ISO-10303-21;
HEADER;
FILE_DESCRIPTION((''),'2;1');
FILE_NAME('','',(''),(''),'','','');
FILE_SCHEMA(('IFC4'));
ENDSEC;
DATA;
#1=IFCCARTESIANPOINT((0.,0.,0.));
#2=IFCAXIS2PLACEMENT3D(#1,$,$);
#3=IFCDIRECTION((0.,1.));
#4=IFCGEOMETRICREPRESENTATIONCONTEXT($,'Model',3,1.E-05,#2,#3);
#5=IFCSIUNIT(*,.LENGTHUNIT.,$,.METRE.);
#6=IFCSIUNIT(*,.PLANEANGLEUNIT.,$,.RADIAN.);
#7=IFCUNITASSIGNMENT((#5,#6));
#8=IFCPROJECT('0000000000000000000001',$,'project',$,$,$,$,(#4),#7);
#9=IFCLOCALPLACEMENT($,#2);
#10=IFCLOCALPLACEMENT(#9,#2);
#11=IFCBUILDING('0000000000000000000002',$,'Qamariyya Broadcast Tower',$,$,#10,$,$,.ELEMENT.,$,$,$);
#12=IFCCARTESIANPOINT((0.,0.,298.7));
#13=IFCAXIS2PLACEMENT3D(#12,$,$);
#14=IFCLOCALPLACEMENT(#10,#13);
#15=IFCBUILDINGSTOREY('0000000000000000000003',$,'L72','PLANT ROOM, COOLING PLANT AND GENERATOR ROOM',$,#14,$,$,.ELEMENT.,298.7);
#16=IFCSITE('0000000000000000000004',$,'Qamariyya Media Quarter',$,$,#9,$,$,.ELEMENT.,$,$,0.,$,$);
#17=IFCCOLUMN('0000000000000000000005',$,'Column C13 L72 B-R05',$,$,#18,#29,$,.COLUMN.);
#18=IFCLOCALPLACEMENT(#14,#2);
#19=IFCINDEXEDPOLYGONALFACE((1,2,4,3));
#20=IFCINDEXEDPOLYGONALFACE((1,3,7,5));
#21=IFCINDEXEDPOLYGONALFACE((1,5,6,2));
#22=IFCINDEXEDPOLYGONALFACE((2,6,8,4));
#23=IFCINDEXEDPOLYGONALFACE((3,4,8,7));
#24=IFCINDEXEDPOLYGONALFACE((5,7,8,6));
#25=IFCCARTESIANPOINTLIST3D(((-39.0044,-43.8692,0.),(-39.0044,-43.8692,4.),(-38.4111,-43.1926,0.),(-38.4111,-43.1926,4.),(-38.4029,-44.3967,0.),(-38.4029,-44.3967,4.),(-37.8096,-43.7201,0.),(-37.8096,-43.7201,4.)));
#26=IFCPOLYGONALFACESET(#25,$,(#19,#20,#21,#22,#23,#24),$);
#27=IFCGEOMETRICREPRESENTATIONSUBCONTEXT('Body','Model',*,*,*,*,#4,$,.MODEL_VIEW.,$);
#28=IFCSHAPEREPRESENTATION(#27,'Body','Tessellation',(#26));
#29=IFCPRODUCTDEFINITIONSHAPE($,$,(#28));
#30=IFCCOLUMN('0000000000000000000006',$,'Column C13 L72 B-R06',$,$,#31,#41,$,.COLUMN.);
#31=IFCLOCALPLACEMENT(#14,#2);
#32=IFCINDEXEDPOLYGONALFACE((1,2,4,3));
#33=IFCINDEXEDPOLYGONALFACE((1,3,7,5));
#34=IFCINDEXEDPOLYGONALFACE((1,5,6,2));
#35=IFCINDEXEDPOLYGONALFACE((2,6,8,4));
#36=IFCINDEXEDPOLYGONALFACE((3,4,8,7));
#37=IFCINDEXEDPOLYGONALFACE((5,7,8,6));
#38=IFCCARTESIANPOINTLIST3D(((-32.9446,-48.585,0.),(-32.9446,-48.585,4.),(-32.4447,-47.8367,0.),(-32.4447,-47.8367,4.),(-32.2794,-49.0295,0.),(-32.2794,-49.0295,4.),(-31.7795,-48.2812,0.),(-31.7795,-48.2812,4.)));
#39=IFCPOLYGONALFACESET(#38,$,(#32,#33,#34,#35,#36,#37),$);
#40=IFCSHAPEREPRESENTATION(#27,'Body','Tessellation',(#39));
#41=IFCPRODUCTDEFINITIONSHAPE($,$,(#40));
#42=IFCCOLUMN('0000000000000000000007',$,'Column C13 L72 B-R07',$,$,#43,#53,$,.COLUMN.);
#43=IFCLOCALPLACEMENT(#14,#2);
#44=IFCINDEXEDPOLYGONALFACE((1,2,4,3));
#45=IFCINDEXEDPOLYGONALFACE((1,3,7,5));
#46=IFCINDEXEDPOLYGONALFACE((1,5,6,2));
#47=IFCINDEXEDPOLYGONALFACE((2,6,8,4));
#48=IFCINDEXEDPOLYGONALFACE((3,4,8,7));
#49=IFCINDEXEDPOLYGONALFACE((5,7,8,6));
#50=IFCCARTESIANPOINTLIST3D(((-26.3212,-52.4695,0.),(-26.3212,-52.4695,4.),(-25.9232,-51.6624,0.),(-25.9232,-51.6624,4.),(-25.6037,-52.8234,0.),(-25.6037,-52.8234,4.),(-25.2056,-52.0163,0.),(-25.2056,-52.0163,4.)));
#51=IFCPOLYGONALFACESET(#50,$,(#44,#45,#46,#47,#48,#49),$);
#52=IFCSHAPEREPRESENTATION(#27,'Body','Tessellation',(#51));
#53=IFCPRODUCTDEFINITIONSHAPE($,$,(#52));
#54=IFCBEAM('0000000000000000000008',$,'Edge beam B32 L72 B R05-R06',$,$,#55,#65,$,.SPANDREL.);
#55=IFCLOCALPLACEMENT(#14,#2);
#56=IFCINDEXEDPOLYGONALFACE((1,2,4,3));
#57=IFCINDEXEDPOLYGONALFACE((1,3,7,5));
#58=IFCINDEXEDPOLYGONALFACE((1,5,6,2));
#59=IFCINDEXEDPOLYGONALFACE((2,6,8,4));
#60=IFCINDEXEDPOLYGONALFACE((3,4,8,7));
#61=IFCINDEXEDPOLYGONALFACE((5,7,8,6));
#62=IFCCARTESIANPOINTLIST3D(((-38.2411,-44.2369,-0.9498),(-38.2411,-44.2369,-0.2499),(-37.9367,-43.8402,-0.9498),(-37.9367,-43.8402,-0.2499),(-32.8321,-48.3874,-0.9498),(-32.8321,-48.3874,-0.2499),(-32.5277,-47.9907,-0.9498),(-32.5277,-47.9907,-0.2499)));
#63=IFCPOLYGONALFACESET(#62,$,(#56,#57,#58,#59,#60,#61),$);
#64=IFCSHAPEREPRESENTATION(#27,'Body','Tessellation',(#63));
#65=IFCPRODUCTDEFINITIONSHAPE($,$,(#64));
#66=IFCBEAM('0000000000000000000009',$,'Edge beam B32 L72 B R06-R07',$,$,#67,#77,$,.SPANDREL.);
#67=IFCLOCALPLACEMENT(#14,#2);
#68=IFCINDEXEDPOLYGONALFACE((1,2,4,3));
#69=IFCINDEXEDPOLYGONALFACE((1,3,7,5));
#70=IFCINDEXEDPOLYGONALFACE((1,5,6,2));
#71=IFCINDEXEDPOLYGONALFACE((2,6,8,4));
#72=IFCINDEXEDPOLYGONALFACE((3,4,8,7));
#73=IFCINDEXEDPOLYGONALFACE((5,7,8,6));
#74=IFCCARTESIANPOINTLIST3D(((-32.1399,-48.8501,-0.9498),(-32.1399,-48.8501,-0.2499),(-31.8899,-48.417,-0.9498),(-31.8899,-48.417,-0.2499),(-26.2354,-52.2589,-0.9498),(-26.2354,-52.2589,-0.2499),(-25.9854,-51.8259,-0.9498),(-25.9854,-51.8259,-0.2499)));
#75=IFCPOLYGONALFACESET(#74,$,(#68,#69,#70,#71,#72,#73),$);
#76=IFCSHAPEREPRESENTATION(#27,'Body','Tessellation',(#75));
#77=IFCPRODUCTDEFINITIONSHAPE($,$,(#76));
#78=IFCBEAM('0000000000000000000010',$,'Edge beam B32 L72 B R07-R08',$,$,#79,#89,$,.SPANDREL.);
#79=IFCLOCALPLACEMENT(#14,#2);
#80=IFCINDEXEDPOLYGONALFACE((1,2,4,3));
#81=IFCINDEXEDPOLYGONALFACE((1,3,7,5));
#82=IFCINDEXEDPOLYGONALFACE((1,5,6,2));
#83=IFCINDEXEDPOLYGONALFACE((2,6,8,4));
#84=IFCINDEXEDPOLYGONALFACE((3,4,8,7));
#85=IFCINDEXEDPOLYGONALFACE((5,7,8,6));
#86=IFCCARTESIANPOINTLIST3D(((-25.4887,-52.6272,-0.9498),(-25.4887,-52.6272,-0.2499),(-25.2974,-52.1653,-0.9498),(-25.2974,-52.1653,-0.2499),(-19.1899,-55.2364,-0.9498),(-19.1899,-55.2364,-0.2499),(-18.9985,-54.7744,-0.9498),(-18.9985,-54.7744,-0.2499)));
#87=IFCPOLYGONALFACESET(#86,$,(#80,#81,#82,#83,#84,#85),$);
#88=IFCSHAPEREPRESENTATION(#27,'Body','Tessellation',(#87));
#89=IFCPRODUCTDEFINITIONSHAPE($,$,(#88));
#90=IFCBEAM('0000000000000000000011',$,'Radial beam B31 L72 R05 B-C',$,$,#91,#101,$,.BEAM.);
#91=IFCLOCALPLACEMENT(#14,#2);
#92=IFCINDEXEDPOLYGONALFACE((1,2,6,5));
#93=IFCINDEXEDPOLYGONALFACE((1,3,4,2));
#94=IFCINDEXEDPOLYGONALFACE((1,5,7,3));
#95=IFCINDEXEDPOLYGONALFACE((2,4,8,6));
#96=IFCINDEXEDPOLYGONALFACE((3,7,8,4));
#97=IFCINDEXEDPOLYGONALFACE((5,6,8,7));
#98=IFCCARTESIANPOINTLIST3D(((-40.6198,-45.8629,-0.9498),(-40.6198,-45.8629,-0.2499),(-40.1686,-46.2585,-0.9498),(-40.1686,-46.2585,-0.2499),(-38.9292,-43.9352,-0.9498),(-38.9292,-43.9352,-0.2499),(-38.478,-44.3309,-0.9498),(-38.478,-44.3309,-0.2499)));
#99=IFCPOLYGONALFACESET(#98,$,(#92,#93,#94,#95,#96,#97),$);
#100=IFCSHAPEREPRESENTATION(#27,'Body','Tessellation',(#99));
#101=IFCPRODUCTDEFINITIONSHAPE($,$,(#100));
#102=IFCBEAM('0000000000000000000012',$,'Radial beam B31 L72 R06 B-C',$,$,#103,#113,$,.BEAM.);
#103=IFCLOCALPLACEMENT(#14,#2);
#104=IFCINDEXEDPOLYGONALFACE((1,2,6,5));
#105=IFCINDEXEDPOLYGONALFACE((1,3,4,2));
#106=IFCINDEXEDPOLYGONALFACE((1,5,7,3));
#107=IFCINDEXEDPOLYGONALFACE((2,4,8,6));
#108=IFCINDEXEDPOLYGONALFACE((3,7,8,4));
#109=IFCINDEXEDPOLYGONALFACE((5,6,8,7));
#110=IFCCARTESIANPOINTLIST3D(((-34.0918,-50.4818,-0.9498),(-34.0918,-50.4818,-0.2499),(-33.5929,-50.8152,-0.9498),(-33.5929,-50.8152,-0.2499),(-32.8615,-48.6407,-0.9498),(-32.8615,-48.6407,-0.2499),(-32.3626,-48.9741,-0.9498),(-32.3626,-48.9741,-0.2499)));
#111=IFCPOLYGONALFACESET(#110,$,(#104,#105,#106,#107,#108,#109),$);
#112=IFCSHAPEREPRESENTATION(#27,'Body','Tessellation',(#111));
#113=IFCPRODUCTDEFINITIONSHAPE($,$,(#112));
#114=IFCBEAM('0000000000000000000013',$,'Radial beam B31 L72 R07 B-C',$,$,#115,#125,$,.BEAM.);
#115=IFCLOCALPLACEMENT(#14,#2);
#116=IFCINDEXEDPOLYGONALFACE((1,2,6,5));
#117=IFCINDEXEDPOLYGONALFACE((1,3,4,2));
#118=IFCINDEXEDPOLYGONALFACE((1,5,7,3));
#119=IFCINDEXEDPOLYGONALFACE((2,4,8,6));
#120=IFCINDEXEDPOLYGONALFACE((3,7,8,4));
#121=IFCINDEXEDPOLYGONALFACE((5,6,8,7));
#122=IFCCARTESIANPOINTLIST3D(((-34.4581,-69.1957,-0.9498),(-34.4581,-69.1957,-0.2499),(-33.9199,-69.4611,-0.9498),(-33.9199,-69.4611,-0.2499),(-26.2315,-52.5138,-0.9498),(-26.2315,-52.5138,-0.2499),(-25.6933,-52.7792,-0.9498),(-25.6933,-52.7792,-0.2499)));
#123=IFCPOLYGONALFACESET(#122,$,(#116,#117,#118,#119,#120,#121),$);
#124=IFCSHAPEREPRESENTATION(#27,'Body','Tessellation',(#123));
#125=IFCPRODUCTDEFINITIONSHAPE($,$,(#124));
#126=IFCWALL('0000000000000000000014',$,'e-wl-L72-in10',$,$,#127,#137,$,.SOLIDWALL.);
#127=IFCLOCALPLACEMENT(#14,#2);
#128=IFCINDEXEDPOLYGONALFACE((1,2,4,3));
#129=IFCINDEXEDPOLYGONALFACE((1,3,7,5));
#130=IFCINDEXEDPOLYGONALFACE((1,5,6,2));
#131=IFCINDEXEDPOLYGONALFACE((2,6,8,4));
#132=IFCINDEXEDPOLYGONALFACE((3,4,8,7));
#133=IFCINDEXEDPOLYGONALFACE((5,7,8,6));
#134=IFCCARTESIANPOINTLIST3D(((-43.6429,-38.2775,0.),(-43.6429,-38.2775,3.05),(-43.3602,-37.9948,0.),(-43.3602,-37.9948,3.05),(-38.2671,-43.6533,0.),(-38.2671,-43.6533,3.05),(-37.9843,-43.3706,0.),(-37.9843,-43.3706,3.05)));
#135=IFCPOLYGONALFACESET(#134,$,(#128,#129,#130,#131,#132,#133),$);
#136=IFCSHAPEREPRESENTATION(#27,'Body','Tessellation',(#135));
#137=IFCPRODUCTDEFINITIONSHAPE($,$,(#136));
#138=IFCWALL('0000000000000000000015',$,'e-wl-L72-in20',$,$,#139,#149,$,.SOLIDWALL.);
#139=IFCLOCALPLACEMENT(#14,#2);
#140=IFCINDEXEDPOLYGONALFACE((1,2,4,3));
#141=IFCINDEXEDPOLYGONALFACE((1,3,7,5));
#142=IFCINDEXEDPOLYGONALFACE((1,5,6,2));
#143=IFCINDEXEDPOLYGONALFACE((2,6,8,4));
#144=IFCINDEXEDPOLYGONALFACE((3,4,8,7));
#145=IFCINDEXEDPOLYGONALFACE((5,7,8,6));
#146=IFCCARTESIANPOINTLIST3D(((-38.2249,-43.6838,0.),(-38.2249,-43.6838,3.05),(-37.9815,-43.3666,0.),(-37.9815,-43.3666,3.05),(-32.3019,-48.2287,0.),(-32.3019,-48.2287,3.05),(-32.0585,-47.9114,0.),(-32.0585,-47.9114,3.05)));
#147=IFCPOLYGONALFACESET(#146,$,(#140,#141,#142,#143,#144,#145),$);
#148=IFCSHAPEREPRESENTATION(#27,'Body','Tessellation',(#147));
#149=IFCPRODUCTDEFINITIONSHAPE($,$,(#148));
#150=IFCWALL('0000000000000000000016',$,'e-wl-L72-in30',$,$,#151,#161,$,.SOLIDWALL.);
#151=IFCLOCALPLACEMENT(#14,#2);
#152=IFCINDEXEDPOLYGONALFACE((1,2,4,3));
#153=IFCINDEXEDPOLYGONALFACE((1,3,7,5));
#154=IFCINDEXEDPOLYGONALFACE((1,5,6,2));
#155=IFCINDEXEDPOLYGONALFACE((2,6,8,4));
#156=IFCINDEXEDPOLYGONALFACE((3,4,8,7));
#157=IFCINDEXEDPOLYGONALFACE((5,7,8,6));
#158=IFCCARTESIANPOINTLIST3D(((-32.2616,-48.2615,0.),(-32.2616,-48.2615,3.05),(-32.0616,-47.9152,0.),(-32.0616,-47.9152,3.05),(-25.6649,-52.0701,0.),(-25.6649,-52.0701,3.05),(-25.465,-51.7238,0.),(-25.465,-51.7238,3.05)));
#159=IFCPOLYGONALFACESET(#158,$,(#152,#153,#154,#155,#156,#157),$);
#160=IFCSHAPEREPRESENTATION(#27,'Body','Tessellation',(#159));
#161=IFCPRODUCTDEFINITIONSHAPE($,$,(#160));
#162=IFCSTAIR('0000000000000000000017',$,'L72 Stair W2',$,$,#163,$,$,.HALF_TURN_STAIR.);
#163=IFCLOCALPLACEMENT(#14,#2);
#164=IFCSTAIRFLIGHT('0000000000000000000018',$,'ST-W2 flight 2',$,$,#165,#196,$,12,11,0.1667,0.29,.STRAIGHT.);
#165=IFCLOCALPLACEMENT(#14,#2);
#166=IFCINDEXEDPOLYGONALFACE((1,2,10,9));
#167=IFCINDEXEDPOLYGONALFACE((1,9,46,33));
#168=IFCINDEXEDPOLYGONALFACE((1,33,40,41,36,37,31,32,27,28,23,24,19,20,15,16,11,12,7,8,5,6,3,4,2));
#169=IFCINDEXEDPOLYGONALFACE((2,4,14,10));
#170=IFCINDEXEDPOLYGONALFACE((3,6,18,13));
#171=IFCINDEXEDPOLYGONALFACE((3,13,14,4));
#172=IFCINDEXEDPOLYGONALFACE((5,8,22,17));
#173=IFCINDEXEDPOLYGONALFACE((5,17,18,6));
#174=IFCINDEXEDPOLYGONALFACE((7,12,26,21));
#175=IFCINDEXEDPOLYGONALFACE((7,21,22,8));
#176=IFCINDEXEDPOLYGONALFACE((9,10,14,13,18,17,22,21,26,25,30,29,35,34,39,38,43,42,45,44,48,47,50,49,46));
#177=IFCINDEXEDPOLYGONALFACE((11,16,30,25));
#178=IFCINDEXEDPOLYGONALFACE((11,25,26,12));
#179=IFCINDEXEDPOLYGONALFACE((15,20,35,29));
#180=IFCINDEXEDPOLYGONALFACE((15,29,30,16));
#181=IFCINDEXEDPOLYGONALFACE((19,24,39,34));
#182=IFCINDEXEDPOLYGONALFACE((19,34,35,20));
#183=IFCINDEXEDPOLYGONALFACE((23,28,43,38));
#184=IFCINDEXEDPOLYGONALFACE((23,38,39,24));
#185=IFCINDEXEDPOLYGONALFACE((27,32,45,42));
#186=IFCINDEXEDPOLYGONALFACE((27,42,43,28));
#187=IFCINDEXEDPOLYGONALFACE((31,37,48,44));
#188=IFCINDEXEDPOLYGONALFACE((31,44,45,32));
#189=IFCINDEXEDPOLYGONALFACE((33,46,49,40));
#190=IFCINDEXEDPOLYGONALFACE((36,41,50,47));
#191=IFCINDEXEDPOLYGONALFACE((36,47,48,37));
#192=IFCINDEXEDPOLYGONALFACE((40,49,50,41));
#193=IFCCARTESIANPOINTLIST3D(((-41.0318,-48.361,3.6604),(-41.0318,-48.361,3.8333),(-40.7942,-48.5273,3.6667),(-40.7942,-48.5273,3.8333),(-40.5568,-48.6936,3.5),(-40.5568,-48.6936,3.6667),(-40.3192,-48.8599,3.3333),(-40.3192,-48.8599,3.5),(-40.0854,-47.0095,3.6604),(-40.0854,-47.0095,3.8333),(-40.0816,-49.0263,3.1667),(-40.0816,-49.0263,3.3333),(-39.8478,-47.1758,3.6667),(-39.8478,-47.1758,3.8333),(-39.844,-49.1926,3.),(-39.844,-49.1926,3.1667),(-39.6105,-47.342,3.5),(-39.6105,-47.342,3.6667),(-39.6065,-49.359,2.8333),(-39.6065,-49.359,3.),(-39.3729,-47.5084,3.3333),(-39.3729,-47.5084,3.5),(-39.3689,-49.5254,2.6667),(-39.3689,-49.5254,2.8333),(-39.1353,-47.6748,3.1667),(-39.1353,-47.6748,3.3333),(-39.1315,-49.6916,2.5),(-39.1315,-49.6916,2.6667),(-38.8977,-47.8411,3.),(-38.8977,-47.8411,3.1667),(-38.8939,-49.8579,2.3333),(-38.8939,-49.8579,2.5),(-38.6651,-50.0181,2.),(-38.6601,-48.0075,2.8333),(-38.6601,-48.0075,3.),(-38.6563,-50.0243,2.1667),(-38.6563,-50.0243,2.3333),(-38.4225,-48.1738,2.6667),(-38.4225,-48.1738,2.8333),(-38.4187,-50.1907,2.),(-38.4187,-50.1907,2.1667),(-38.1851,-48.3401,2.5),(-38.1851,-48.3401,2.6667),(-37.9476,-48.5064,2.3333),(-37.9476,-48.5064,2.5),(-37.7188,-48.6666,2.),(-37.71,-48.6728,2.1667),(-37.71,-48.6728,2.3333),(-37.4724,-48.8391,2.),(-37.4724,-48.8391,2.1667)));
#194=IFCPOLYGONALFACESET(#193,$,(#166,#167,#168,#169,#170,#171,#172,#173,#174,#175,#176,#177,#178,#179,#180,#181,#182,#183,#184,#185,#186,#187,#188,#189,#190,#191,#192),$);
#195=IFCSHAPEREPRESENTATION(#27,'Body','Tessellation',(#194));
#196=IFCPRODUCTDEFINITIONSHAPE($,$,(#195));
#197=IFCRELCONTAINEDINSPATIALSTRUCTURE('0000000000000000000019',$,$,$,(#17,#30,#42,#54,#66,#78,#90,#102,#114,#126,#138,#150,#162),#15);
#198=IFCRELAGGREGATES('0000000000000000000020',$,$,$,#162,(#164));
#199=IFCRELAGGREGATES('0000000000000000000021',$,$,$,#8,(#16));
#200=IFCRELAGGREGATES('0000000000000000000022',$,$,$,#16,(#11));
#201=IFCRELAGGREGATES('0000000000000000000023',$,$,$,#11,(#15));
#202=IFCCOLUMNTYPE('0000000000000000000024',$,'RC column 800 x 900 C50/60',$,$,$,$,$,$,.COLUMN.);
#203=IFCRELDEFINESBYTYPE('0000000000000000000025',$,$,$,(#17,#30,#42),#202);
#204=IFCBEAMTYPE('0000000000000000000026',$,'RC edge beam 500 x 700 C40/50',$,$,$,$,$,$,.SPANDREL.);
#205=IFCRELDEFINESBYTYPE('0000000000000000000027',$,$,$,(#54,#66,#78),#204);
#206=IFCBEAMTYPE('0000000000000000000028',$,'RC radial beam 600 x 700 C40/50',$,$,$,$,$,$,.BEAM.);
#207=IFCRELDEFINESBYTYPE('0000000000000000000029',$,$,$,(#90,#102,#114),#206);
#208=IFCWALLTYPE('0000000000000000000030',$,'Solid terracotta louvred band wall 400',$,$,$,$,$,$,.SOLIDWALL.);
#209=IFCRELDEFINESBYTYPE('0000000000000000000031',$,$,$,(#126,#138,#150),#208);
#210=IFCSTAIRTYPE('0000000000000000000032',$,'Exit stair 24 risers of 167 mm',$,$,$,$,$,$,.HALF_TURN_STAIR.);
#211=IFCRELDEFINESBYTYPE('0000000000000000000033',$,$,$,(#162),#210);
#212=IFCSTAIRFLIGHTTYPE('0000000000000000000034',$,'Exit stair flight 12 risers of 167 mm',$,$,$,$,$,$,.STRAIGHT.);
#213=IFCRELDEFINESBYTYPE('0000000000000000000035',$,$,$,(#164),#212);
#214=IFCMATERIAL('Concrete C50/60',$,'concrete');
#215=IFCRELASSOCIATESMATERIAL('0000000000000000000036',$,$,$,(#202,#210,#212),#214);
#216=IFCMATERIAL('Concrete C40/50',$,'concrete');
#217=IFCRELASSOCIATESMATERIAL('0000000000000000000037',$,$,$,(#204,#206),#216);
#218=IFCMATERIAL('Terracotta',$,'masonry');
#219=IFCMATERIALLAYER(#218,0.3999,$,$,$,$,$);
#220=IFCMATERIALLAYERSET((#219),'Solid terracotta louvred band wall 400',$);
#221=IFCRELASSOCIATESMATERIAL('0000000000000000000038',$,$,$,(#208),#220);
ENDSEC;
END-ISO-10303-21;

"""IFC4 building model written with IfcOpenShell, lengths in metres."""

from ifc_helpers import new_model, si_unit, direction, frame, frame_2d, origin, origin_2d, place, context, subcontext, project, spatial, polyline, rectangle, outline, extrude, material, layer, layer_set, material_profile, profile_set, type_object, element, aggregate, save


model = new_model("IFC4")

# Units and contexts
model_context = context("Model", 3, precision=1e-05, world=origin(), true_north=direction((0.0, 1.0)))
body_context = subcontext(model_context, "Body", "Model", "MODEL_VIEW")
ifc_project = project(units=[si_unit("LENGTHUNIT", "METRE"), si_unit("PLANEANGLEUNIT", "RADIAN")], contexts=[model_context])

# Site, building, storey
site_placement = place(None, origin())
site = spatial("IfcSite", under=ifc_project, at=site_placement, Name="Qamariyya Media Quarter", CompositionType="ELEMENT", RefElevation=0.0)
building_placement = place(site_placement, origin())
building = spatial("IfcBuilding", under=site, at=building_placement, Name="Qamariyya Broadcast Tower", CompositionType="ELEMENT")
storey_placement = place(building_placement, frame((0.0, 0.0, 298.7)))
storey = spatial("IfcBuildingStorey", under=building, at=storey_placement, Name="L72", Description="PLANT ROOM, COOLING PLANT AND GENERATOR ROOM", CompositionType="ELEMENT", Elevation=298.7)

# Columns
ifc_material_1 = material(Name="Concrete C50/60", Category="concrete")
ifc_material_profile_1 = material_profile(ifc_material_1, rectangle(XDim=0.8, YDim=0.8999, at=origin_2d()))
ifc_profile_set_1 = profile_set([ifc_material_profile_1], Name="Concrete C50/60")
column_type = type_object("IfcColumnType", Name="RC column 800 x 900 C50/60", PredefinedType="COLUMN", material=ifc_profile_set_1)
for number, where, z_axis, x_axis, name in (
    (1, (-38.407, -43.7947, 0.0), (0.0, 0.0, 1.0), (0.75184, -0.659346, 0.0), "Column C13 L72 B-R05"),
    (2, (-32.3621, -48.4331, 0.0), (0.0, 0.0, 1.0), (0.83147, -0.55557, 0.0), "Column C13 L72 B-R06"),
    (3, (-25.7634, -52.2429, 0.0), (0.0, 0.0, 1.0), (0.896873, -0.442289, 0.0), "Column C13 L72 B-R07"),
):
    element("IfcColumn", number, at=place(storey_placement, frame(where, z_axis=z_axis, x_axis=x_axis)), inside=storey, type_object=column_type, Name=name, PredefinedType="COLUMN", context=body_context, shape_type="SweptSolid", body=[
        extrude(rectangle(XDim=0.8, YDim=0.8999, at=origin_2d()), origin(), (0.0, 0.0, 1.0), 4.0),
    ])

# Beams
ifc_material_2 = material(Name="Concrete C40/50", Category="concrete")
ifc_material_profile_2 = material_profile(ifc_material_2, rectangle(XDim=0.5, YDim=0.7, at=origin_2d()))
ifc_profile_set_2 = profile_set([ifc_material_profile_2], Name="Concrete C40/50")
beam_type_1 = type_object("IfcBeamType", Name="RC edge beam 500 x 700 C40/50", PredefinedType="SPANDREL", material=ifc_profile_set_2)
for number, where, z_axis, x_axis, name in (
    (4, (-38.0889, -44.0386, -0.5999), (0.793356, -0.608759, 0.0), (0.608759, 0.793356, 0.0), "Edge beam B32 L72 B R05-R06"),
    (5, (-32.0149, -48.6335, -0.5999), (0.866029, -0.499994, 0.0), (0.499994, 0.866029, 0.0), "Edge beam B32 L72 B R06-R07"),
    (6, (-25.3931, -52.3962, -0.5999), (0.923876, -0.382692, 0.0), (0.382692, 0.923876, 0.0), "Edge beam B32 L72 B R07-R08"),
):
    element("IfcBeam", number, at=place(storey_placement, frame(where, z_axis=z_axis, x_axis=x_axis)), inside=storey, type_object=beam_type_1, Name=name, PredefinedType="SPANDREL", context=body_context, shape_type="SweptSolid", body=[
        extrude(rectangle(XDim=0.5, YDim=0.7, at=origin_2d()), origin(), (0.0, 0.0, 1.0), 6.8179),
    ])
ifc_material_profile_3 = material_profile(ifc_material_2, rectangle(XDim=0.6001, YDim=0.7, at=origin_2d()))
ifc_profile_set_3 = profile_set([ifc_material_profile_3], Name="Concrete C40/50")
beam_type_2 = type_object("IfcBeamType", Name="RC radial beam 600 x 700 C40/50", PredefinedType="BEAM", material=ifc_profile_set_3)
beam_1_placement = place(storey_placement, frame((-38.7036, -44.1331, -0.5999), z_axis=(-0.659367, -0.751821, 0.0), x_axis=(0.751821, -0.659367, 0.0)))
element("IfcBeam", 7, at=beam_1_placement, inside=storey, type_object=beam_type_2, Name="Radial beam B31 L72 R05 B-C", PredefinedType="BEAM", context=body_context, shape_type="SweptSolid", body=[
    extrude(rectangle(XDim=0.6001, YDim=0.7, at=origin_2d()), origin(), (0.0, 0.0, 1.0), 2.564),
])
beam_2_placement = place(storey_placement, frame((-32.6121, -48.8074, -0.5999), z_axis=(-0.55559, -0.831456, 0.0), x_axis=(0.831456, -0.55559, 0.0)))
element("IfcBeam", 8, at=beam_2_placement, inside=storey, type_object=beam_type_2, Name="Radial beam B31 L72 R06 B-C", PredefinedType="BEAM", context=body_context, shape_type="SweptSolid", body=[
    extrude(rectangle(XDim=0.6001, YDim=0.7, at=origin_2d()), origin(), (0.0, 0.0, 1.0), 2.2144),
])
beam_3_placement = place(storey_placement, frame((-25.9624, -52.6465, -0.5999), z_axis=(-0.442287, -0.896873, 0.0), x_axis=(0.896873, -0.442287, 0.0)))
element("IfcBeam", 9, at=beam_3_placement, inside=storey, type_object=beam_type_2, Name="Radial beam B31 L72 R07 B-C", PredefinedType="BEAM", context=body_context, shape_type="SweptSolid", body=[
    extrude(rectangle(XDim=0.6001, YDim=0.7, at=origin_2d()), origin(), (0.0, 0.0, 1.0), 18.6001),
])

# Walls
ifc_material_3 = material(Name="Terracotta", Category="masonry")
ifc_layer_1 = layer(ifc_material_3, 0.3999)
ifc_layer_set_1 = layer_set([ifc_layer_1], Name="Solid terracotta louvred band wall 400")
wall_type = type_object("IfcWallType", Name="Solid terracotta louvred band wall 400", PredefinedType="SOLIDWALL", material=ifc_layer_set_1)
wall_1_placement = place(storey_placement, frame((-38.1257, -43.512, 0.0), z_axis=(0.0, 0.0, 1.0), x_axis=(-0.707107, 0.707107, 0.0)))
element("IfcWall", 10, at=wall_1_placement, inside=storey, type_object=wall_type, Name="e-wl-L72-in10", PredefinedType="SOLIDWALL", context=body_context, shape_type="SweptSolid", body=[
    extrude(rectangle(XDim=7.6025, YDim=0.3999, at=frame_2d((3.8013, 0.0))), origin(), (0.0, 0.0, 1.0), 3.05),
])
wall_2_placement = place(storey_placement, frame((-32.1802, -48.0701, 0.0), z_axis=(0.0, 0.0, 1.0), x_axis=(-0.793355, 0.608759, 0.0)))
element("IfcWall", 11, at=wall_2_placement, inside=storey, type_object=wall_type, Name="e-wl-L72-in20", PredefinedType="SOLIDWALL", context=body_context, shape_type="SweptSolid", body=[
    extrude(rectangle(XDim=7.4658, YDim=0.3999, at=frame_2d((3.7329, 0.0))), origin(), (0.0, 0.0, 1.0), 3.05),
])
wall_3_placement = place(storey_placement, frame((-25.5649, -51.897, 0.0), z_axis=(0.0, 0.0, 1.0), x_axis=(-0.866025, 0.5, 0.0)))
element("IfcWall", 12, at=wall_3_placement, inside=storey, type_object=wall_type, Name="e-wl-L72-in30", PredefinedType="SOLIDWALL", context=body_context, shape_type="SweptSolid", body=[
    extrude(rectangle(XDim=7.6172, YDim=0.3999, at=frame_2d((3.8086, 0.0))), origin(), (0.0, 0.0, 1.0), 3.05),
])

# Stair, stair flight
stair_type = type_object("IfcStairType", Name="Exit stair 24 risers of 167 mm", PredefinedType="HALF_TURN_STAIR", material=ifc_material_1)
stair_placement = place(storey_placement, origin())
stair = element("IfcStair", 13, at=stair_placement, inside=storey, type_object=stair_type, Name="L72 Stair W2", PredefinedType="HALF_TURN_STAIR")
stair_flight_type = type_object("IfcStairFlightType", Name="Exit stair flight 12 risers of 167 mm", PredefinedType="STRAIGHT", material=ifc_material_1)
stair_flight_placement = place(storey_placement, frame((-37.9456, -49.5149, 2.0), z_axis=(0.0, 0.0, 1.0), x_axis=(-0.819152, 0.573576, 0.0)))
stair_flight = element("IfcStairFlight", 14, at=stair_flight_placement, type_object=stair_flight_type, Name="ST-W2 flight 2", NumberOfRisers=12, NumberOfTreads=11, PredefinedType="STRAIGHT", RiserHeight=0.1667, TreadLength=0.29, context=body_context, shape_type="SweptSolid", body=[
    extrude(outline(polyline([(0.0, 0.0), (0.0, 0.1667), (0.29, 0.1667), (0.29, 0.3333), (0.5801, 0.3333), (0.5801, 0.5), (0.8701, 0.5), (0.8701, 0.6667), (1.1599, 0.6667), (1.1599, 0.8333), (1.45, 0.8333), (1.45, 1.0), (1.74, 1.0), (1.74, 1.1667), (2.03, 1.1667), (2.03, 1.3333), (2.3201, 1.3333), (2.3201, 1.5), (2.6101, 1.5), (2.6101, 1.6667), (2.8999, 1.6667), (2.8999, 1.8333), (3.1899, 1.8333), (3.1899, 2.0), (3.1899, 1.6604), (0.3008, 0.0), (0.0, 0.0)])), frame((0.0, 0.825, 0.0), z_axis=(0.0, -1.0, 0.0), x_axis=(1.0, 0.0, 0.0)), (0.0, 0.0, 1.0), 1.6499),
])
aggregate(stair, [stair_flight])

save(model, "model.ifc")
